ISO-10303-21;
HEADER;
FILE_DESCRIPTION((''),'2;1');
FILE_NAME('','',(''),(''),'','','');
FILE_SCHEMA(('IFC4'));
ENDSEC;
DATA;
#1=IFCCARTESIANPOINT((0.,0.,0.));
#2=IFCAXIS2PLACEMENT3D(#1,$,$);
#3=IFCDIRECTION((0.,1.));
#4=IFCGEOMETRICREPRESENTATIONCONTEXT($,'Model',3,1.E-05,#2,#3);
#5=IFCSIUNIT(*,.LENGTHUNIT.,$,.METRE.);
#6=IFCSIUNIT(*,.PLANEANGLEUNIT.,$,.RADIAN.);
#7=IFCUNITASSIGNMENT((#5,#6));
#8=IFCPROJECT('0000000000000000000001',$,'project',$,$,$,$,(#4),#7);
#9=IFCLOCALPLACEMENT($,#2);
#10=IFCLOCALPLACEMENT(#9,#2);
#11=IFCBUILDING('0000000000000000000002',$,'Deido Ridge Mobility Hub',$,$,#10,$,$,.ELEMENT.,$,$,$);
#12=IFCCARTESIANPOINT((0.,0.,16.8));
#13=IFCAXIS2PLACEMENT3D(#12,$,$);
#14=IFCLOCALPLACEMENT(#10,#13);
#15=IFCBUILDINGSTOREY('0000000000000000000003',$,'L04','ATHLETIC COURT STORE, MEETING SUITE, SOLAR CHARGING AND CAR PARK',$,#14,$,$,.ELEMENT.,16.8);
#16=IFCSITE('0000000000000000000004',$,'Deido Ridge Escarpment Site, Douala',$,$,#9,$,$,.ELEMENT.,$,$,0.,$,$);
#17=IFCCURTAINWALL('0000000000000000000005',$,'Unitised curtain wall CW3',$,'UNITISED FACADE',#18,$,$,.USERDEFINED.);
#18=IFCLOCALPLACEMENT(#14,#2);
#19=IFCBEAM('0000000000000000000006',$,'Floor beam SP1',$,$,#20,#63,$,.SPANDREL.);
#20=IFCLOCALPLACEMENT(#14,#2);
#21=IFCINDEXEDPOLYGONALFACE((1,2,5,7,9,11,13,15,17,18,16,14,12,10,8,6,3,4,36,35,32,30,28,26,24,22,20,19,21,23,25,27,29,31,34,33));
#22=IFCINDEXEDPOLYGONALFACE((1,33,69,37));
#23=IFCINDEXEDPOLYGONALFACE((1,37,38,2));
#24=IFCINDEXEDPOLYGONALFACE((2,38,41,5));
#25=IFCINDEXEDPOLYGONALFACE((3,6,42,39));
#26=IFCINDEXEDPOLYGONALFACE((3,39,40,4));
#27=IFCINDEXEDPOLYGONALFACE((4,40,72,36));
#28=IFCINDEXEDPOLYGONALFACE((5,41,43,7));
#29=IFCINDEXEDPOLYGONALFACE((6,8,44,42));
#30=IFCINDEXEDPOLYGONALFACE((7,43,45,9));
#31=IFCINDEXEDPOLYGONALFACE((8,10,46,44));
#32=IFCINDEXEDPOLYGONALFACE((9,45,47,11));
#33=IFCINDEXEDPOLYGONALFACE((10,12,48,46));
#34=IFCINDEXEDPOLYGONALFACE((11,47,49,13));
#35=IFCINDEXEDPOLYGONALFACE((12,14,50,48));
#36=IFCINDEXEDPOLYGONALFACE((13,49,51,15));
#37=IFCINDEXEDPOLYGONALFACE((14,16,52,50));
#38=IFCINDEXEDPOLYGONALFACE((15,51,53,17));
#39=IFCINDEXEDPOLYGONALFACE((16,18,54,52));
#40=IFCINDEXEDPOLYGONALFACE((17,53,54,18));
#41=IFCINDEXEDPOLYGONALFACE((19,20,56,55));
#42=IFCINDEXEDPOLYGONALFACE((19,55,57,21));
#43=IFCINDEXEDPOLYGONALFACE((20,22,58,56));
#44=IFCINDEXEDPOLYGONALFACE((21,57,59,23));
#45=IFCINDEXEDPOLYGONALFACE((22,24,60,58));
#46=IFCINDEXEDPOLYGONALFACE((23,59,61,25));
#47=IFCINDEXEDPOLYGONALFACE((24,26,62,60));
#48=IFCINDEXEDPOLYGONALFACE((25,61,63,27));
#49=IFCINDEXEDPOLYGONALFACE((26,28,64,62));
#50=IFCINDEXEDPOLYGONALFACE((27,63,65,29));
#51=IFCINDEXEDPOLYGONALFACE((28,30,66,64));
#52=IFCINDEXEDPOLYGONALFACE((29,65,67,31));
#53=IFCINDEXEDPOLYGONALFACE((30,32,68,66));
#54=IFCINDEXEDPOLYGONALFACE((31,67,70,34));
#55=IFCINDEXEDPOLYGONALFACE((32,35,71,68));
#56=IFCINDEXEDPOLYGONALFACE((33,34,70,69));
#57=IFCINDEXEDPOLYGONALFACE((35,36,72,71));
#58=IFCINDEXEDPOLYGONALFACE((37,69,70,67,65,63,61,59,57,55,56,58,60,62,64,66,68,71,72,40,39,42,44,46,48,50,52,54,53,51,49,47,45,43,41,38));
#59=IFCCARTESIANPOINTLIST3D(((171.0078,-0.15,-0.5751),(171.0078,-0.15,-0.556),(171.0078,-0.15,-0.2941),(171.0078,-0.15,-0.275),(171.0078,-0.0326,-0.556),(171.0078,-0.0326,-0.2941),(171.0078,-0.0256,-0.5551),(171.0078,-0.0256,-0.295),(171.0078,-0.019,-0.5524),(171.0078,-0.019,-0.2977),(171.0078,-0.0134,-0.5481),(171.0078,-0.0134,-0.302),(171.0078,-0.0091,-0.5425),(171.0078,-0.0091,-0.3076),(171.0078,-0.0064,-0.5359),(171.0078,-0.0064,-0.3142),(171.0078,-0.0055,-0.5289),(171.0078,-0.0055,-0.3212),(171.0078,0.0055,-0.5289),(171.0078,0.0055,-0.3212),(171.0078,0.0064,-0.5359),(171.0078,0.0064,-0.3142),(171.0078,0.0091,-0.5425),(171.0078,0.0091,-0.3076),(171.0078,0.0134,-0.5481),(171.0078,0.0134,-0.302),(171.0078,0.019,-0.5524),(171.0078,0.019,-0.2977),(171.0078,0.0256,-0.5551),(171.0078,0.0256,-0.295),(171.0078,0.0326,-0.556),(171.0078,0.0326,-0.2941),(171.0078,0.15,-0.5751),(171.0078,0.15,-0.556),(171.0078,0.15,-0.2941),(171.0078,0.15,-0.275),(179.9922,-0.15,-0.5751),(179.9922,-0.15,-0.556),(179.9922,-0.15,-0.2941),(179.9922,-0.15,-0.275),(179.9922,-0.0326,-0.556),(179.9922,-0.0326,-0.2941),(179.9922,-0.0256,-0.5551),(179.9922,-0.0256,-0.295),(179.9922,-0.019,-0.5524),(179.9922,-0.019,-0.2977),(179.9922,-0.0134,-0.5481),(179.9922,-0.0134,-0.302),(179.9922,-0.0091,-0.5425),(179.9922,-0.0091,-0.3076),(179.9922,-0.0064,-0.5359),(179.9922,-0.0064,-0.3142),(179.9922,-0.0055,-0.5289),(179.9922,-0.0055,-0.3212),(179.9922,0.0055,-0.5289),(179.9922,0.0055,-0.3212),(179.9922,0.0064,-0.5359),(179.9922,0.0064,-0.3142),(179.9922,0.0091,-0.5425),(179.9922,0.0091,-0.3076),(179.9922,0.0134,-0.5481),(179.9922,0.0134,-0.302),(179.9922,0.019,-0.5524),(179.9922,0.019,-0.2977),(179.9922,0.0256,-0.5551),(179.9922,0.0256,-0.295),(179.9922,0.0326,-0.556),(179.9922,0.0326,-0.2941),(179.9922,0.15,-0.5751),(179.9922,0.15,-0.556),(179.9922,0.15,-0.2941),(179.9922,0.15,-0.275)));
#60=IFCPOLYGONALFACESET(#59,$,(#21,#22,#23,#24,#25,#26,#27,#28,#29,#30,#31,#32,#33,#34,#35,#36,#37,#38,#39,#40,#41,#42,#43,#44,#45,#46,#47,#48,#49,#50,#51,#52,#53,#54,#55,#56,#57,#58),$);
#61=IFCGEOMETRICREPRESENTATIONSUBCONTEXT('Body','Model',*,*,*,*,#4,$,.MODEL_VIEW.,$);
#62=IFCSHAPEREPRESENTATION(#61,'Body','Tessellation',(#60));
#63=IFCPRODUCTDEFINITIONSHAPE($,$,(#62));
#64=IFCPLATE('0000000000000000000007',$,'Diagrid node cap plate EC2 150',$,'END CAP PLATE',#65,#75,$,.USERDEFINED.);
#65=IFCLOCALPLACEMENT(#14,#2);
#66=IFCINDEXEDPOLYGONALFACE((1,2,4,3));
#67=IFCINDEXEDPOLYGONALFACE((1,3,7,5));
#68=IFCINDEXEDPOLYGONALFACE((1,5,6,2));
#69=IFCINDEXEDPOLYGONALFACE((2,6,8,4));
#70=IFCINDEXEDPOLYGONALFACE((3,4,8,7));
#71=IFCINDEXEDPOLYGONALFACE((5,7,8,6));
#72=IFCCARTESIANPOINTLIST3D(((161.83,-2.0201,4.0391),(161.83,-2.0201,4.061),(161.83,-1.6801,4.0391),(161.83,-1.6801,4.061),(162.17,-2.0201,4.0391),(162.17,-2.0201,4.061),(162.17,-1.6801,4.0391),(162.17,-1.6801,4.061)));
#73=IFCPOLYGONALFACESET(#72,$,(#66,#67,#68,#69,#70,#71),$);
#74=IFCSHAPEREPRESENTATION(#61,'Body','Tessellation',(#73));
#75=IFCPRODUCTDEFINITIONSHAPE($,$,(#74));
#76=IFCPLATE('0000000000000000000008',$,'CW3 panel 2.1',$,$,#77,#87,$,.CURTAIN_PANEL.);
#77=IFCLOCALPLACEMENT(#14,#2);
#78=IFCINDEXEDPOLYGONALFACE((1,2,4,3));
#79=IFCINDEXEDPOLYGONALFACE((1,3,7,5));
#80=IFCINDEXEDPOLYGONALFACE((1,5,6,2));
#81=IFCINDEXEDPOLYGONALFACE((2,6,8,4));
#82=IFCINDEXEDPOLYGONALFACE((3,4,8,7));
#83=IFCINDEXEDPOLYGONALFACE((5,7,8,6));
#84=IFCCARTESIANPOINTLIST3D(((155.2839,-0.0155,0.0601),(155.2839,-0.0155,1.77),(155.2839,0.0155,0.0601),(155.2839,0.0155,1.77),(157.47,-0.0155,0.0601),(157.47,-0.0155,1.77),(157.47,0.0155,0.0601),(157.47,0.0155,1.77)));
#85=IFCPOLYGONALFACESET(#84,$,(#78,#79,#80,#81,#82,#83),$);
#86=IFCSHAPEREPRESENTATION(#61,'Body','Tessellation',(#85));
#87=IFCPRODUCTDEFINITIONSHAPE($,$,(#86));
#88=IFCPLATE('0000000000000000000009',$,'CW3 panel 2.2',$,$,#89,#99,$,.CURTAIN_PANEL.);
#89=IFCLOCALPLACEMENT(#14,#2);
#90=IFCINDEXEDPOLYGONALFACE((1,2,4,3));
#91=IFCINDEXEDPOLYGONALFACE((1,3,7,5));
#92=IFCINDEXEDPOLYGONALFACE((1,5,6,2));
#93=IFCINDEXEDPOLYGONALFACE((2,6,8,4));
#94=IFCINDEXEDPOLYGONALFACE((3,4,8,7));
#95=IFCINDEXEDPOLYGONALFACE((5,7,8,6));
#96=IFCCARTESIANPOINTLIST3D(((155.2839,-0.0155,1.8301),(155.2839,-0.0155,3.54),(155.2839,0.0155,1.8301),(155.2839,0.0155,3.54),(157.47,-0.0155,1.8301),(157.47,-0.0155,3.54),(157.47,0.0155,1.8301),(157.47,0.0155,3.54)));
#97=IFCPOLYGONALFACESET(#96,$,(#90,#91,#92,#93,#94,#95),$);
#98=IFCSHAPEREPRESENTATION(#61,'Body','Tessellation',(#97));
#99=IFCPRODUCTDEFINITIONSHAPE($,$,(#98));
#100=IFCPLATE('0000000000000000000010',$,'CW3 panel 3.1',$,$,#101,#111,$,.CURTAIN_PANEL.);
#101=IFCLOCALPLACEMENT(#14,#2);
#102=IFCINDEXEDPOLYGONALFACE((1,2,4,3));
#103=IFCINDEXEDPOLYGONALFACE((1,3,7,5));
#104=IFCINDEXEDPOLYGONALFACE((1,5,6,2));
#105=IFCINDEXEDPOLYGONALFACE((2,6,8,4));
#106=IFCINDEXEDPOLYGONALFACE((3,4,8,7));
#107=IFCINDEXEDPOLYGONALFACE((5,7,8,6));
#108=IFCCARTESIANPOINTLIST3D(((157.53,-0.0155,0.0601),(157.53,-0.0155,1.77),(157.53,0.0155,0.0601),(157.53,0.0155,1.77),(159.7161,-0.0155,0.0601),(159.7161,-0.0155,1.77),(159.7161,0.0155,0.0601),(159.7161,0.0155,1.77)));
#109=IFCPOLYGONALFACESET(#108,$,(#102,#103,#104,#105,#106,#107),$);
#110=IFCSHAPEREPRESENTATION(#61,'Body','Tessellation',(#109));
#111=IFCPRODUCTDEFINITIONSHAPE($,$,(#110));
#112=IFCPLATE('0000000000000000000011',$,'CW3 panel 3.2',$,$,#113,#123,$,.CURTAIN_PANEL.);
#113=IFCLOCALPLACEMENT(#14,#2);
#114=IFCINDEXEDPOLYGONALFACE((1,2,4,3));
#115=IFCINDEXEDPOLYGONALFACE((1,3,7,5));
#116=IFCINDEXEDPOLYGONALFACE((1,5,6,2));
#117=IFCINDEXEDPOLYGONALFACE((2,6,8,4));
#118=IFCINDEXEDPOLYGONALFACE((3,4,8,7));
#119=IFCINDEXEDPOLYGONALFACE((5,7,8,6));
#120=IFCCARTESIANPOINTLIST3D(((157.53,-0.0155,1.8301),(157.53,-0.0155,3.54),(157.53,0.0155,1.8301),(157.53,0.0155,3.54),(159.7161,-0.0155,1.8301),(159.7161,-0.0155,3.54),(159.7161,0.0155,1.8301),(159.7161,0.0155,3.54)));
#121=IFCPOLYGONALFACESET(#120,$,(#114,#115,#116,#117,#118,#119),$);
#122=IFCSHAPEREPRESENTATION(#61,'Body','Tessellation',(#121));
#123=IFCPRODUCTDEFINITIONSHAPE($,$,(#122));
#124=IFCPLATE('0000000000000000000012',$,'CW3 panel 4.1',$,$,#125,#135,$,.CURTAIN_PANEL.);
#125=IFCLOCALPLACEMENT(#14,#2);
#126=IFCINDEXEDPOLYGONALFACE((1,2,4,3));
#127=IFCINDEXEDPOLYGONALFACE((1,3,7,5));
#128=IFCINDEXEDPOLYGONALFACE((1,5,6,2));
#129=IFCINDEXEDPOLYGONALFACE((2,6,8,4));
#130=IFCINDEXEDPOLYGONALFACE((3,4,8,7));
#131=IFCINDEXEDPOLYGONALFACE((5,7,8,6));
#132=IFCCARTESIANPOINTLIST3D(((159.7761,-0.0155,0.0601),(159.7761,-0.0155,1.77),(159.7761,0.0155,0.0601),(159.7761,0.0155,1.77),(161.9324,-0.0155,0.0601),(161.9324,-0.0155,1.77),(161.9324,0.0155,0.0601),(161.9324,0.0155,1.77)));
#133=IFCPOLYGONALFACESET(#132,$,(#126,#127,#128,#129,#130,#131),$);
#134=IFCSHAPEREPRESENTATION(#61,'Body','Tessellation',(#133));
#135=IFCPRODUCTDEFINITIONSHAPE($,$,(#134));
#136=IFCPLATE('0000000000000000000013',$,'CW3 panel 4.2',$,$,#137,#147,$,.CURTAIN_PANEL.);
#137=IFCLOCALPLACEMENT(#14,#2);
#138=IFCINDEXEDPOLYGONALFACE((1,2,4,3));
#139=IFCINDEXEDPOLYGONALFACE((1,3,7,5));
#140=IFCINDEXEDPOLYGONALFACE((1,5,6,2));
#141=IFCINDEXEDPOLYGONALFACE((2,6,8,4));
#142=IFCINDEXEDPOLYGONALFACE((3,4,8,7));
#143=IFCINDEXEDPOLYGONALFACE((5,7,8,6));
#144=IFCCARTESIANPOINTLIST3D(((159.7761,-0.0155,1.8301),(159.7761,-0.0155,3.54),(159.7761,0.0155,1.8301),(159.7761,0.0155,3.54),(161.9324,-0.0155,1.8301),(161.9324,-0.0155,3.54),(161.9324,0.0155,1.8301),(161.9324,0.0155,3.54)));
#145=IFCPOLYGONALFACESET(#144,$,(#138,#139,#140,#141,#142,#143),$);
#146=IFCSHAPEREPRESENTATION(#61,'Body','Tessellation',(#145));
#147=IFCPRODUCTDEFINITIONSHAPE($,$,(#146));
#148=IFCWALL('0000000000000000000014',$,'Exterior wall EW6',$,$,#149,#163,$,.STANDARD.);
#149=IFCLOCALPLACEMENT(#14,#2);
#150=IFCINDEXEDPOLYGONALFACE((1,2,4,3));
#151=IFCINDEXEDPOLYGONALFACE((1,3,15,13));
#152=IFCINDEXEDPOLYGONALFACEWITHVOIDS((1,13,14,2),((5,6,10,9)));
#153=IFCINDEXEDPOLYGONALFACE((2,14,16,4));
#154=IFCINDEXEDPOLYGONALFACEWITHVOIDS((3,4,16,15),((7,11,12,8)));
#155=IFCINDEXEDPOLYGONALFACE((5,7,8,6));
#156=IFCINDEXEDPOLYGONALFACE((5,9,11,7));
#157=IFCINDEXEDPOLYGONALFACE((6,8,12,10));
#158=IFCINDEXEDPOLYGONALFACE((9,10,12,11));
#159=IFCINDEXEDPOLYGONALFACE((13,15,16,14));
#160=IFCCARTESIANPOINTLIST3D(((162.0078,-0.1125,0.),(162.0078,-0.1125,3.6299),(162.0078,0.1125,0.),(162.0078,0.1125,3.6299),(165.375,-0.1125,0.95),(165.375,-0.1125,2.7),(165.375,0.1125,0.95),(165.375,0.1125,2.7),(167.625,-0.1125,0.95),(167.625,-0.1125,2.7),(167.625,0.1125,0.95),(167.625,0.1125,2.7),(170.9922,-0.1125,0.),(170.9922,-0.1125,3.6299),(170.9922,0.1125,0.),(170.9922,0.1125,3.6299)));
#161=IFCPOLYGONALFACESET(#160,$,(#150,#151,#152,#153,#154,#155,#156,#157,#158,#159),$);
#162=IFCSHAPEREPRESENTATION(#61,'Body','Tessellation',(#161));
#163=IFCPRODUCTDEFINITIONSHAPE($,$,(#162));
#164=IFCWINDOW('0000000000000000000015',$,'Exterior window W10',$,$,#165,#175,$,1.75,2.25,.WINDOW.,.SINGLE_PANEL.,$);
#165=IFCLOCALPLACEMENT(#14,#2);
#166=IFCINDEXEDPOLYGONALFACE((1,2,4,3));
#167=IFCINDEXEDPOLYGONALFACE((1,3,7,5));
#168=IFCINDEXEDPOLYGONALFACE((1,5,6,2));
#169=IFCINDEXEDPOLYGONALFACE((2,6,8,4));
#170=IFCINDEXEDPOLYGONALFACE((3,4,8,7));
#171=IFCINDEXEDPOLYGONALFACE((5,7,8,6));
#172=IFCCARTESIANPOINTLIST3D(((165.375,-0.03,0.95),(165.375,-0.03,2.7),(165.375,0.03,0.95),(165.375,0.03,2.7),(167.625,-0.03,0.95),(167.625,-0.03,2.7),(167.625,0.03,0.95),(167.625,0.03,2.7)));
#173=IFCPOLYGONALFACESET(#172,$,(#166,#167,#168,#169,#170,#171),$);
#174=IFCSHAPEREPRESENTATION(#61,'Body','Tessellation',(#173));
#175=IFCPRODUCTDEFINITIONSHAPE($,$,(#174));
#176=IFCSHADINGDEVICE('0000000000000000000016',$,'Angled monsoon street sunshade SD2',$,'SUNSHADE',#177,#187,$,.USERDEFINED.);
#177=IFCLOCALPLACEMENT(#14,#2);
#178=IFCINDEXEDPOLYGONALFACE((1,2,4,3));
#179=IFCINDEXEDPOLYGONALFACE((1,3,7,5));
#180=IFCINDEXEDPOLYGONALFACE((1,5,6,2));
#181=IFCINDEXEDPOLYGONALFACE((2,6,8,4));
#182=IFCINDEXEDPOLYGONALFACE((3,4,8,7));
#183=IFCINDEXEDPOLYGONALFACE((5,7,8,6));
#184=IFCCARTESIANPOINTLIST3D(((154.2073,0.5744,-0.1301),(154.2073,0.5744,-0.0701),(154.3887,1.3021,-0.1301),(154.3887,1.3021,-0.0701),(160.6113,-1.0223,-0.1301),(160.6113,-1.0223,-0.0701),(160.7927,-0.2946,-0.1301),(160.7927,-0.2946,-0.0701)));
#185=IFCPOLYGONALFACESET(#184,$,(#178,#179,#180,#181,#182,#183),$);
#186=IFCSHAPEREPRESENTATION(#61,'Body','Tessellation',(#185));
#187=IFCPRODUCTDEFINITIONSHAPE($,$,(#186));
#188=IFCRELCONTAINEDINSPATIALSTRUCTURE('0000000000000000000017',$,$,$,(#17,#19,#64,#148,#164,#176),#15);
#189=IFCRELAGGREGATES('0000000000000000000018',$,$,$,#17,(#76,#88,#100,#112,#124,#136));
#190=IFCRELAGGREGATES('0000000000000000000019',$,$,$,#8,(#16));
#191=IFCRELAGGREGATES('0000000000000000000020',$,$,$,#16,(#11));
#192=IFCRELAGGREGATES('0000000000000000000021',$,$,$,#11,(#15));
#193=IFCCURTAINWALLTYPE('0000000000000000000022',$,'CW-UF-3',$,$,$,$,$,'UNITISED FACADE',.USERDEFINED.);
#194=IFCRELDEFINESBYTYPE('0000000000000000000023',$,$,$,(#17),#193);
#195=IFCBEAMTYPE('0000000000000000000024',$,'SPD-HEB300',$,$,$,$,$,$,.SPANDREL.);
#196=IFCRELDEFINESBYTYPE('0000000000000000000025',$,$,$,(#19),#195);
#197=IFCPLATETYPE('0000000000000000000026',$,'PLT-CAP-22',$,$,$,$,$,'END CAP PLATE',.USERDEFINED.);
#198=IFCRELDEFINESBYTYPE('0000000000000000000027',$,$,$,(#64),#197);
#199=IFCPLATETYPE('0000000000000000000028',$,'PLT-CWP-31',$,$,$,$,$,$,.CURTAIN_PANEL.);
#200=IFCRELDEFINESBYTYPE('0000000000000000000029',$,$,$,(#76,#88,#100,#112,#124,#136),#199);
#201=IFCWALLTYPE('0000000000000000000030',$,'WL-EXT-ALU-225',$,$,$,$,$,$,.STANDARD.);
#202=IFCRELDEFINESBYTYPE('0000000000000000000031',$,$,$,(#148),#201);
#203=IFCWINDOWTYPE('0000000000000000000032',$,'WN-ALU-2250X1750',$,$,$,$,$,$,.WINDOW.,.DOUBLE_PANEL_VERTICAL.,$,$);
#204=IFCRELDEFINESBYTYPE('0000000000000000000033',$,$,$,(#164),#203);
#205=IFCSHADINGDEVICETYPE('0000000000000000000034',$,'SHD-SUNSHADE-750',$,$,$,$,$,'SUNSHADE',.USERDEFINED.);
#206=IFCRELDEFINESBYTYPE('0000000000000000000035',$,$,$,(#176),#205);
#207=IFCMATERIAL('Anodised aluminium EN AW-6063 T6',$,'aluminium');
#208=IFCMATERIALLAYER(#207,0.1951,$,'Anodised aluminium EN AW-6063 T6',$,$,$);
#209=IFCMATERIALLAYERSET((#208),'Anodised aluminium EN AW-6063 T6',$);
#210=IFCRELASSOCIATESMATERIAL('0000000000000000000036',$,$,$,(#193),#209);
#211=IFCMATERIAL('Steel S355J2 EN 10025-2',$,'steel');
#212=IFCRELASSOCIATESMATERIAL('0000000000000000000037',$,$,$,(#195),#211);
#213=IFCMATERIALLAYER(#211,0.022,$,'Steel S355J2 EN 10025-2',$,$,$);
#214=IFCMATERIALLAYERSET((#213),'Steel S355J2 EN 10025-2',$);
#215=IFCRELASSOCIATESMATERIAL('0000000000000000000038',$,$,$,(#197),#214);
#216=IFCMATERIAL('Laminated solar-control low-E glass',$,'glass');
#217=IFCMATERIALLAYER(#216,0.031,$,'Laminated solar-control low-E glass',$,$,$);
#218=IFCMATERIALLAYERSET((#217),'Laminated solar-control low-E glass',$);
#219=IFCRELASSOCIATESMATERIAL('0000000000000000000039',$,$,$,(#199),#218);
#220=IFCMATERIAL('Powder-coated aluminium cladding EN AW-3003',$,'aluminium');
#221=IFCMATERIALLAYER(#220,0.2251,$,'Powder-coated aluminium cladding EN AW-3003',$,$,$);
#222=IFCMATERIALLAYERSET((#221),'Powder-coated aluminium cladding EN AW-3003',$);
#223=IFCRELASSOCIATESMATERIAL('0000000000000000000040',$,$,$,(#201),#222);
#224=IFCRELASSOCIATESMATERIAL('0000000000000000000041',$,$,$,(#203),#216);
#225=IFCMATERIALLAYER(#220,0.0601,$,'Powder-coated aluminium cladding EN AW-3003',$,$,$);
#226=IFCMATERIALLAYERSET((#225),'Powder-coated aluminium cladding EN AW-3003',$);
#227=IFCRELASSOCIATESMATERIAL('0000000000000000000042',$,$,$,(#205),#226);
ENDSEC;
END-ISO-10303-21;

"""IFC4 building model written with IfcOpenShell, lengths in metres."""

from ifc_helpers import new_model, si_unit, direction, frame, frame_2d, origin, origin_2d, place, context, subcontext, project, spatial, rectangle, i_section, extrude, material, layer, layer_set, material_profile, profile_set, type_object, element, fill, aggregate, save


model = new_model("IFC4")

# Units and contexts
model_context = context("Model", 3, precision=1e-05, world=origin(), true_north=direction((0.0, 1.0)))
body_context = subcontext(model_context, "Body", "Model", "MODEL_VIEW")
ifc_project = project(units=[si_unit("LENGTHUNIT", "METRE"), si_unit("PLANEANGLEUNIT", "RADIAN")], contexts=[model_context])

# Site, building, storey
site_placement = place(None, origin())
site = spatial("IfcSite", under=ifc_project, at=site_placement, Name="Deido Ridge Escarpment Site, Douala", CompositionType="ELEMENT", RefElevation=0.0)
building_placement = place(site_placement, origin())
building = spatial("IfcBuilding", under=site, at=building_placement, Name="Deido Ridge Mobility Hub", CompositionType="ELEMENT")
storey_placement = place(building_placement, frame((0.0, 0.0, 16.8)))
storey = spatial("IfcBuildingStorey", under=building, at=storey_placement, Name="L04", Description="ATHLETIC COURT STORE, MEETING SUITE, SOLAR CHARGING AND CAR PARK", CompositionType="ELEMENT", Elevation=16.8)

# Shared definitions
ifc_material_1 = material(Name="Steel S355J2 EN 10025-2", Category="steel")

# Curtain wall
ifc_material_2 = material(Name="Anodised aluminium EN AW-6063 T6", Category="aluminium")
ifc_layer_1 = layer(ifc_material_2, 0.1951, Name="Anodised aluminium EN AW-6063 T6")
ifc_layer_set_1 = layer_set([ifc_layer_1], Name="Anodised aluminium EN AW-6063 T6")
curtain_wall_type = type_object("IfcCurtainWallType", Name="CW-UF-3", ElementType="UNITISED FACADE", PredefinedType="USERDEFINED", material=ifc_layer_set_1)
curtain_wall_placement = place(storey_placement, origin())
curtain_wall = element("IfcCurtainWall", 1, at=curtain_wall_placement, inside=storey, type_object=curtain_wall_type, Name="Unitised curtain wall CW3", ObjectType="UNITISED FACADE", PredefinedType="USERDEFINED")

# Beam
ifc_material_profile_1 = material_profile(ifc_material_1, i_section(OverallWidth=0.3, OverallDepth=0.3, WebThickness=0.011, FlangeThickness=0.019, FilletRadius=0.0271, at=origin_2d()), Name="HEB 300")
ifc_profile_set_1 = profile_set([ifc_material_profile_1], Name="Steel S355J2 EN 10025-2")
beam_type = type_object("IfcBeamType", Name="SPD-HEB300", PredefinedType="SPANDREL", material=ifc_profile_set_1)
for number, where, z_axis, x_axis, name in (
    (2, (171.0078, 0.0, -0.425), (1.0, 0.0, 0.0), (0.0, 1.0, 0.0), "Floor beam SP1"),
):
    element("IfcBeam", number, at=place(storey_placement, frame(where, z_axis=z_axis, x_axis=x_axis)), inside=storey, type_object=beam_type, Name=name, PredefinedType="SPANDREL", context=body_context, shape_type="SweptSolid", body=[
        extrude(i_section(OverallWidth=0.3, OverallDepth=0.3, WebThickness=0.011, FlangeThickness=0.019, FilletRadius=0.0271, at=origin_2d()), origin(), (0.0, 0.0, 1.0), 8.9844),
    ])

# Plates
ifc_layer_2 = layer(ifc_material_1, 0.022, Name="Steel S355J2 EN 10025-2")
ifc_layer_set_2 = layer_set([ifc_layer_2], Name="Steel S355J2 EN 10025-2")
plate_type_1 = type_object("IfcPlateType", Name="PLT-CAP-22", ElementType="END CAP PLATE", PredefinedType="USERDEFINED", material=ifc_layer_set_2)
plate_1_placement = place(storey_placement, frame((162.0, -1.8501, 4.0391), z_axis=(0.0, 0.0, 1.0), x_axis=(1.0, 0.0, 0.0)))
element("IfcPlate", 3, at=plate_1_placement, inside=storey, type_object=plate_type_1, Name="Diagrid node cap plate EC2 150", ObjectType="END CAP PLATE", PredefinedType="USERDEFINED", context=body_context, shape_type="SweptSolid", body=[
    extrude(rectangle(XDim=0.3401, YDim=0.3401, at=origin_2d()), origin(), (0.0, 0.0, 1.0), 0.022),
])
ifc_material_3 = material(Name="Laminated solar-control low-E glass", Category="glass")
ifc_layer_3 = layer(ifc_material_3, 0.031, Name="Laminated solar-control low-E glass")
ifc_layer_set_3 = layer_set([ifc_layer_3], Name="Laminated solar-control low-E glass")
plate_type_2 = type_object("IfcPlateType", Name="PLT-CWP-31", PredefinedType="CURTAIN_PANEL", material=ifc_layer_set_3)
plate_2_placement = place(storey_placement, frame((156.377, 0.0, 0.0601), z_axis=(0.0, 0.0, 1.0), x_axis=(1.0, 0.0, 0.0)))
plate_2 = element("IfcPlate", 4, at=plate_2_placement, type_object=plate_type_2, Name="CW3 panel 2.1", PredefinedType="CURTAIN_PANEL", context=body_context, shape_type="SweptSolid", body=[
    extrude(rectangle(XDim=2.186, YDim=0.031, at=origin_2d()), origin(), (0.0, 0.0, 1.0), 1.71),
])
plate_3_placement = place(storey_placement, frame((156.377, 0.0, 1.8301), z_axis=(0.0, 0.0, 1.0), x_axis=(1.0, 0.0, 0.0)))
plate_3 = element("IfcPlate", 5, at=plate_3_placement, type_object=plate_type_2, Name="CW3 panel 2.2", PredefinedType="CURTAIN_PANEL", context=body_context, shape_type="SweptSolid", body=[
    extrude(rectangle(XDim=2.186, YDim=0.031, at=origin_2d()), origin(), (0.0, 0.0, 1.0), 1.71),
])
plate_4_placement = place(storey_placement, frame((158.623, 0.0, 0.0601), z_axis=(0.0, 0.0, 1.0), x_axis=(1.0, 0.0, 0.0)))
plate_4 = element("IfcPlate", 6, at=plate_4_placement, type_object=plate_type_2, Name="CW3 panel 3.1", PredefinedType="CURTAIN_PANEL", context=body_context, shape_type="SweptSolid", body=[
    extrude(rectangle(XDim=2.186, YDim=0.031, at=origin_2d()), origin(), (0.0, 0.0, 1.0), 1.71),
])
plate_5_placement = place(storey_placement, frame((158.623, 0.0, 1.8301), z_axis=(0.0, 0.0, 1.0), x_axis=(1.0, 0.0, 0.0)))
plate_5 = element("IfcPlate", 7, at=plate_5_placement, type_object=plate_type_2, Name="CW3 panel 3.2", PredefinedType="CURTAIN_PANEL", context=body_context, shape_type="SweptSolid", body=[
    extrude(rectangle(XDim=2.186, YDim=0.031, at=origin_2d()), origin(), (0.0, 0.0, 1.0), 1.71),
])
plate_6_placement = place(storey_placement, frame((160.8542, 0.0, 0.0601), z_axis=(0.0, 0.0, 1.0), x_axis=(1.0, 0.0, 0.0)))
plate_6 = element("IfcPlate", 8, at=plate_6_placement, type_object=plate_type_2, Name="CW3 panel 4.1", PredefinedType="CURTAIN_PANEL", context=body_context, shape_type="SweptSolid", body=[
    extrude(rectangle(XDim=2.1562, YDim=0.031, at=origin_2d()), origin(), (0.0, 0.0, 1.0), 1.71),
])
plate_7_placement = place(storey_placement, frame((160.8542, 0.0, 1.8301), z_axis=(0.0, 0.0, 1.0), x_axis=(1.0, 0.0, 0.0)))
plate_7 = element("IfcPlate", 9, at=plate_7_placement, type_object=plate_type_2, Name="CW3 panel 4.2", PredefinedType="CURTAIN_PANEL", context=body_context, shape_type="SweptSolid", body=[
    extrude(rectangle(XDim=2.1562, YDim=0.031, at=origin_2d()), origin(), (0.0, 0.0, 1.0), 1.71),
])
aggregate(curtain_wall, [plate_2, plate_3, plate_4, plate_5, plate_6, plate_7])

# Wall, opening, window
ifc_material_4 = material(Name="Powder-coated aluminium cladding EN AW-3003", Category="aluminium")
ifc_layer_4 = layer(ifc_material_4, 0.2251, Name="Powder-coated aluminium cladding EN AW-3003")
ifc_layer_set_4 = layer_set([ifc_layer_4], Name="Powder-coated aluminium cladding EN AW-3003")
wall_type = type_object("IfcWallType", Name="WL-EXT-ALU-225", PredefinedType="STANDARD", material=ifc_layer_set_4)
wall_placement = place(storey_placement, frame((162.0078, 0.0, 0.0), z_axis=(0.0, 0.0, 1.0), x_axis=(1.0, 0.0, 0.0)))
wall = element("IfcWall", 10, at=wall_placement, inside=storey, type_object=wall_type, Name="Exterior wall EW6", PredefinedType="STANDARD", context=body_context, shape_type="SweptSolid", body=[
    extrude(rectangle(XDim=8.9844, YDim=0.2251, at=frame_2d((4.4922, 0.0))), origin(), (0.0, 0.0, 1.0), 3.6299),
])
opening_placement = place(wall_placement, frame((3.3672, 0.0, 0.95)))
opening = element("IfcOpeningElement", 11, at=opening_placement, cuts=wall, PredefinedType="OPENING", context=body_context, shape_type="SweptSolid", body=[
    extrude(rectangle(XDim=2.25, YDim=1.75, at=frame_2d((1.125, 0.875))), frame((0.0, 0.1226, 0.0), z_axis=(0.0, -1.0, 0.0), x_axis=(1.0, 0.0, 0.0)), (0.0, 0.0, 1.0), 0.2451),
])
window_type = type_object("IfcWindowType", Name="WN-ALU-2250X1750", PartitioningType="DOUBLE_PANEL_VERTICAL", PredefinedType="WINDOW", material=ifc_material_3)
window_placement = place(opening_placement, origin())
window = element("IfcWindow", 12, at=window_placement, inside=storey, type_object=window_type, Name="Exterior window W10", OverallHeight=1.75, OverallWidth=2.25, PartitioningType="SINGLE_PANEL", PredefinedType="WINDOW", context=body_context, shape_type="SweptSolid", body=[
    extrude(rectangle(XDim=2.25, YDim=1.75, at=frame_2d((1.125, 0.875))), frame((0.0, 0.03, 0.0), z_axis=(0.0, -1.0, 0.0), x_axis=(1.0, 0.0, 0.0)), (0.0, 0.0, 1.0), 0.0601),
])
fill(opening, window)

# Shading device
ifc_layer_5 = layer(ifc_material_4, 0.0601, Name="Powder-coated aluminium cladding EN AW-3003")
ifc_layer_set_5 = layer_set([ifc_layer_5], Name="Powder-coated aluminium cladding EN AW-3003")
shading_device_type = type_object("IfcShadingDeviceType", Name="SHD-SUNSHADE-750", ElementType="SUNSHADE", PredefinedType="USERDEFINED", material=ifc_layer_set_5)
shading_device_placement = place(storey_placement, frame((157.5, 0.1399, -0.1301), z_axis=(0.0, 0.0, 1.0), x_axis=(0.970296, -0.241922, 0.0)))
element("IfcShadingDevice", 13, at=shading_device_placement, inside=storey, type_object=shading_device_type, Name="Angled monsoon street sunshade SD2", ObjectType="SUNSHADE", PredefinedType="USERDEFINED", context=body_context, shape_type="SweptSolid", body=[
    extrude(rectangle(XDim=6.6001, YDim=0.75, at=origin_2d()), origin(), (0.0, 0.0, 1.0), 0.0601),
])

save(model, "model.ifc")
